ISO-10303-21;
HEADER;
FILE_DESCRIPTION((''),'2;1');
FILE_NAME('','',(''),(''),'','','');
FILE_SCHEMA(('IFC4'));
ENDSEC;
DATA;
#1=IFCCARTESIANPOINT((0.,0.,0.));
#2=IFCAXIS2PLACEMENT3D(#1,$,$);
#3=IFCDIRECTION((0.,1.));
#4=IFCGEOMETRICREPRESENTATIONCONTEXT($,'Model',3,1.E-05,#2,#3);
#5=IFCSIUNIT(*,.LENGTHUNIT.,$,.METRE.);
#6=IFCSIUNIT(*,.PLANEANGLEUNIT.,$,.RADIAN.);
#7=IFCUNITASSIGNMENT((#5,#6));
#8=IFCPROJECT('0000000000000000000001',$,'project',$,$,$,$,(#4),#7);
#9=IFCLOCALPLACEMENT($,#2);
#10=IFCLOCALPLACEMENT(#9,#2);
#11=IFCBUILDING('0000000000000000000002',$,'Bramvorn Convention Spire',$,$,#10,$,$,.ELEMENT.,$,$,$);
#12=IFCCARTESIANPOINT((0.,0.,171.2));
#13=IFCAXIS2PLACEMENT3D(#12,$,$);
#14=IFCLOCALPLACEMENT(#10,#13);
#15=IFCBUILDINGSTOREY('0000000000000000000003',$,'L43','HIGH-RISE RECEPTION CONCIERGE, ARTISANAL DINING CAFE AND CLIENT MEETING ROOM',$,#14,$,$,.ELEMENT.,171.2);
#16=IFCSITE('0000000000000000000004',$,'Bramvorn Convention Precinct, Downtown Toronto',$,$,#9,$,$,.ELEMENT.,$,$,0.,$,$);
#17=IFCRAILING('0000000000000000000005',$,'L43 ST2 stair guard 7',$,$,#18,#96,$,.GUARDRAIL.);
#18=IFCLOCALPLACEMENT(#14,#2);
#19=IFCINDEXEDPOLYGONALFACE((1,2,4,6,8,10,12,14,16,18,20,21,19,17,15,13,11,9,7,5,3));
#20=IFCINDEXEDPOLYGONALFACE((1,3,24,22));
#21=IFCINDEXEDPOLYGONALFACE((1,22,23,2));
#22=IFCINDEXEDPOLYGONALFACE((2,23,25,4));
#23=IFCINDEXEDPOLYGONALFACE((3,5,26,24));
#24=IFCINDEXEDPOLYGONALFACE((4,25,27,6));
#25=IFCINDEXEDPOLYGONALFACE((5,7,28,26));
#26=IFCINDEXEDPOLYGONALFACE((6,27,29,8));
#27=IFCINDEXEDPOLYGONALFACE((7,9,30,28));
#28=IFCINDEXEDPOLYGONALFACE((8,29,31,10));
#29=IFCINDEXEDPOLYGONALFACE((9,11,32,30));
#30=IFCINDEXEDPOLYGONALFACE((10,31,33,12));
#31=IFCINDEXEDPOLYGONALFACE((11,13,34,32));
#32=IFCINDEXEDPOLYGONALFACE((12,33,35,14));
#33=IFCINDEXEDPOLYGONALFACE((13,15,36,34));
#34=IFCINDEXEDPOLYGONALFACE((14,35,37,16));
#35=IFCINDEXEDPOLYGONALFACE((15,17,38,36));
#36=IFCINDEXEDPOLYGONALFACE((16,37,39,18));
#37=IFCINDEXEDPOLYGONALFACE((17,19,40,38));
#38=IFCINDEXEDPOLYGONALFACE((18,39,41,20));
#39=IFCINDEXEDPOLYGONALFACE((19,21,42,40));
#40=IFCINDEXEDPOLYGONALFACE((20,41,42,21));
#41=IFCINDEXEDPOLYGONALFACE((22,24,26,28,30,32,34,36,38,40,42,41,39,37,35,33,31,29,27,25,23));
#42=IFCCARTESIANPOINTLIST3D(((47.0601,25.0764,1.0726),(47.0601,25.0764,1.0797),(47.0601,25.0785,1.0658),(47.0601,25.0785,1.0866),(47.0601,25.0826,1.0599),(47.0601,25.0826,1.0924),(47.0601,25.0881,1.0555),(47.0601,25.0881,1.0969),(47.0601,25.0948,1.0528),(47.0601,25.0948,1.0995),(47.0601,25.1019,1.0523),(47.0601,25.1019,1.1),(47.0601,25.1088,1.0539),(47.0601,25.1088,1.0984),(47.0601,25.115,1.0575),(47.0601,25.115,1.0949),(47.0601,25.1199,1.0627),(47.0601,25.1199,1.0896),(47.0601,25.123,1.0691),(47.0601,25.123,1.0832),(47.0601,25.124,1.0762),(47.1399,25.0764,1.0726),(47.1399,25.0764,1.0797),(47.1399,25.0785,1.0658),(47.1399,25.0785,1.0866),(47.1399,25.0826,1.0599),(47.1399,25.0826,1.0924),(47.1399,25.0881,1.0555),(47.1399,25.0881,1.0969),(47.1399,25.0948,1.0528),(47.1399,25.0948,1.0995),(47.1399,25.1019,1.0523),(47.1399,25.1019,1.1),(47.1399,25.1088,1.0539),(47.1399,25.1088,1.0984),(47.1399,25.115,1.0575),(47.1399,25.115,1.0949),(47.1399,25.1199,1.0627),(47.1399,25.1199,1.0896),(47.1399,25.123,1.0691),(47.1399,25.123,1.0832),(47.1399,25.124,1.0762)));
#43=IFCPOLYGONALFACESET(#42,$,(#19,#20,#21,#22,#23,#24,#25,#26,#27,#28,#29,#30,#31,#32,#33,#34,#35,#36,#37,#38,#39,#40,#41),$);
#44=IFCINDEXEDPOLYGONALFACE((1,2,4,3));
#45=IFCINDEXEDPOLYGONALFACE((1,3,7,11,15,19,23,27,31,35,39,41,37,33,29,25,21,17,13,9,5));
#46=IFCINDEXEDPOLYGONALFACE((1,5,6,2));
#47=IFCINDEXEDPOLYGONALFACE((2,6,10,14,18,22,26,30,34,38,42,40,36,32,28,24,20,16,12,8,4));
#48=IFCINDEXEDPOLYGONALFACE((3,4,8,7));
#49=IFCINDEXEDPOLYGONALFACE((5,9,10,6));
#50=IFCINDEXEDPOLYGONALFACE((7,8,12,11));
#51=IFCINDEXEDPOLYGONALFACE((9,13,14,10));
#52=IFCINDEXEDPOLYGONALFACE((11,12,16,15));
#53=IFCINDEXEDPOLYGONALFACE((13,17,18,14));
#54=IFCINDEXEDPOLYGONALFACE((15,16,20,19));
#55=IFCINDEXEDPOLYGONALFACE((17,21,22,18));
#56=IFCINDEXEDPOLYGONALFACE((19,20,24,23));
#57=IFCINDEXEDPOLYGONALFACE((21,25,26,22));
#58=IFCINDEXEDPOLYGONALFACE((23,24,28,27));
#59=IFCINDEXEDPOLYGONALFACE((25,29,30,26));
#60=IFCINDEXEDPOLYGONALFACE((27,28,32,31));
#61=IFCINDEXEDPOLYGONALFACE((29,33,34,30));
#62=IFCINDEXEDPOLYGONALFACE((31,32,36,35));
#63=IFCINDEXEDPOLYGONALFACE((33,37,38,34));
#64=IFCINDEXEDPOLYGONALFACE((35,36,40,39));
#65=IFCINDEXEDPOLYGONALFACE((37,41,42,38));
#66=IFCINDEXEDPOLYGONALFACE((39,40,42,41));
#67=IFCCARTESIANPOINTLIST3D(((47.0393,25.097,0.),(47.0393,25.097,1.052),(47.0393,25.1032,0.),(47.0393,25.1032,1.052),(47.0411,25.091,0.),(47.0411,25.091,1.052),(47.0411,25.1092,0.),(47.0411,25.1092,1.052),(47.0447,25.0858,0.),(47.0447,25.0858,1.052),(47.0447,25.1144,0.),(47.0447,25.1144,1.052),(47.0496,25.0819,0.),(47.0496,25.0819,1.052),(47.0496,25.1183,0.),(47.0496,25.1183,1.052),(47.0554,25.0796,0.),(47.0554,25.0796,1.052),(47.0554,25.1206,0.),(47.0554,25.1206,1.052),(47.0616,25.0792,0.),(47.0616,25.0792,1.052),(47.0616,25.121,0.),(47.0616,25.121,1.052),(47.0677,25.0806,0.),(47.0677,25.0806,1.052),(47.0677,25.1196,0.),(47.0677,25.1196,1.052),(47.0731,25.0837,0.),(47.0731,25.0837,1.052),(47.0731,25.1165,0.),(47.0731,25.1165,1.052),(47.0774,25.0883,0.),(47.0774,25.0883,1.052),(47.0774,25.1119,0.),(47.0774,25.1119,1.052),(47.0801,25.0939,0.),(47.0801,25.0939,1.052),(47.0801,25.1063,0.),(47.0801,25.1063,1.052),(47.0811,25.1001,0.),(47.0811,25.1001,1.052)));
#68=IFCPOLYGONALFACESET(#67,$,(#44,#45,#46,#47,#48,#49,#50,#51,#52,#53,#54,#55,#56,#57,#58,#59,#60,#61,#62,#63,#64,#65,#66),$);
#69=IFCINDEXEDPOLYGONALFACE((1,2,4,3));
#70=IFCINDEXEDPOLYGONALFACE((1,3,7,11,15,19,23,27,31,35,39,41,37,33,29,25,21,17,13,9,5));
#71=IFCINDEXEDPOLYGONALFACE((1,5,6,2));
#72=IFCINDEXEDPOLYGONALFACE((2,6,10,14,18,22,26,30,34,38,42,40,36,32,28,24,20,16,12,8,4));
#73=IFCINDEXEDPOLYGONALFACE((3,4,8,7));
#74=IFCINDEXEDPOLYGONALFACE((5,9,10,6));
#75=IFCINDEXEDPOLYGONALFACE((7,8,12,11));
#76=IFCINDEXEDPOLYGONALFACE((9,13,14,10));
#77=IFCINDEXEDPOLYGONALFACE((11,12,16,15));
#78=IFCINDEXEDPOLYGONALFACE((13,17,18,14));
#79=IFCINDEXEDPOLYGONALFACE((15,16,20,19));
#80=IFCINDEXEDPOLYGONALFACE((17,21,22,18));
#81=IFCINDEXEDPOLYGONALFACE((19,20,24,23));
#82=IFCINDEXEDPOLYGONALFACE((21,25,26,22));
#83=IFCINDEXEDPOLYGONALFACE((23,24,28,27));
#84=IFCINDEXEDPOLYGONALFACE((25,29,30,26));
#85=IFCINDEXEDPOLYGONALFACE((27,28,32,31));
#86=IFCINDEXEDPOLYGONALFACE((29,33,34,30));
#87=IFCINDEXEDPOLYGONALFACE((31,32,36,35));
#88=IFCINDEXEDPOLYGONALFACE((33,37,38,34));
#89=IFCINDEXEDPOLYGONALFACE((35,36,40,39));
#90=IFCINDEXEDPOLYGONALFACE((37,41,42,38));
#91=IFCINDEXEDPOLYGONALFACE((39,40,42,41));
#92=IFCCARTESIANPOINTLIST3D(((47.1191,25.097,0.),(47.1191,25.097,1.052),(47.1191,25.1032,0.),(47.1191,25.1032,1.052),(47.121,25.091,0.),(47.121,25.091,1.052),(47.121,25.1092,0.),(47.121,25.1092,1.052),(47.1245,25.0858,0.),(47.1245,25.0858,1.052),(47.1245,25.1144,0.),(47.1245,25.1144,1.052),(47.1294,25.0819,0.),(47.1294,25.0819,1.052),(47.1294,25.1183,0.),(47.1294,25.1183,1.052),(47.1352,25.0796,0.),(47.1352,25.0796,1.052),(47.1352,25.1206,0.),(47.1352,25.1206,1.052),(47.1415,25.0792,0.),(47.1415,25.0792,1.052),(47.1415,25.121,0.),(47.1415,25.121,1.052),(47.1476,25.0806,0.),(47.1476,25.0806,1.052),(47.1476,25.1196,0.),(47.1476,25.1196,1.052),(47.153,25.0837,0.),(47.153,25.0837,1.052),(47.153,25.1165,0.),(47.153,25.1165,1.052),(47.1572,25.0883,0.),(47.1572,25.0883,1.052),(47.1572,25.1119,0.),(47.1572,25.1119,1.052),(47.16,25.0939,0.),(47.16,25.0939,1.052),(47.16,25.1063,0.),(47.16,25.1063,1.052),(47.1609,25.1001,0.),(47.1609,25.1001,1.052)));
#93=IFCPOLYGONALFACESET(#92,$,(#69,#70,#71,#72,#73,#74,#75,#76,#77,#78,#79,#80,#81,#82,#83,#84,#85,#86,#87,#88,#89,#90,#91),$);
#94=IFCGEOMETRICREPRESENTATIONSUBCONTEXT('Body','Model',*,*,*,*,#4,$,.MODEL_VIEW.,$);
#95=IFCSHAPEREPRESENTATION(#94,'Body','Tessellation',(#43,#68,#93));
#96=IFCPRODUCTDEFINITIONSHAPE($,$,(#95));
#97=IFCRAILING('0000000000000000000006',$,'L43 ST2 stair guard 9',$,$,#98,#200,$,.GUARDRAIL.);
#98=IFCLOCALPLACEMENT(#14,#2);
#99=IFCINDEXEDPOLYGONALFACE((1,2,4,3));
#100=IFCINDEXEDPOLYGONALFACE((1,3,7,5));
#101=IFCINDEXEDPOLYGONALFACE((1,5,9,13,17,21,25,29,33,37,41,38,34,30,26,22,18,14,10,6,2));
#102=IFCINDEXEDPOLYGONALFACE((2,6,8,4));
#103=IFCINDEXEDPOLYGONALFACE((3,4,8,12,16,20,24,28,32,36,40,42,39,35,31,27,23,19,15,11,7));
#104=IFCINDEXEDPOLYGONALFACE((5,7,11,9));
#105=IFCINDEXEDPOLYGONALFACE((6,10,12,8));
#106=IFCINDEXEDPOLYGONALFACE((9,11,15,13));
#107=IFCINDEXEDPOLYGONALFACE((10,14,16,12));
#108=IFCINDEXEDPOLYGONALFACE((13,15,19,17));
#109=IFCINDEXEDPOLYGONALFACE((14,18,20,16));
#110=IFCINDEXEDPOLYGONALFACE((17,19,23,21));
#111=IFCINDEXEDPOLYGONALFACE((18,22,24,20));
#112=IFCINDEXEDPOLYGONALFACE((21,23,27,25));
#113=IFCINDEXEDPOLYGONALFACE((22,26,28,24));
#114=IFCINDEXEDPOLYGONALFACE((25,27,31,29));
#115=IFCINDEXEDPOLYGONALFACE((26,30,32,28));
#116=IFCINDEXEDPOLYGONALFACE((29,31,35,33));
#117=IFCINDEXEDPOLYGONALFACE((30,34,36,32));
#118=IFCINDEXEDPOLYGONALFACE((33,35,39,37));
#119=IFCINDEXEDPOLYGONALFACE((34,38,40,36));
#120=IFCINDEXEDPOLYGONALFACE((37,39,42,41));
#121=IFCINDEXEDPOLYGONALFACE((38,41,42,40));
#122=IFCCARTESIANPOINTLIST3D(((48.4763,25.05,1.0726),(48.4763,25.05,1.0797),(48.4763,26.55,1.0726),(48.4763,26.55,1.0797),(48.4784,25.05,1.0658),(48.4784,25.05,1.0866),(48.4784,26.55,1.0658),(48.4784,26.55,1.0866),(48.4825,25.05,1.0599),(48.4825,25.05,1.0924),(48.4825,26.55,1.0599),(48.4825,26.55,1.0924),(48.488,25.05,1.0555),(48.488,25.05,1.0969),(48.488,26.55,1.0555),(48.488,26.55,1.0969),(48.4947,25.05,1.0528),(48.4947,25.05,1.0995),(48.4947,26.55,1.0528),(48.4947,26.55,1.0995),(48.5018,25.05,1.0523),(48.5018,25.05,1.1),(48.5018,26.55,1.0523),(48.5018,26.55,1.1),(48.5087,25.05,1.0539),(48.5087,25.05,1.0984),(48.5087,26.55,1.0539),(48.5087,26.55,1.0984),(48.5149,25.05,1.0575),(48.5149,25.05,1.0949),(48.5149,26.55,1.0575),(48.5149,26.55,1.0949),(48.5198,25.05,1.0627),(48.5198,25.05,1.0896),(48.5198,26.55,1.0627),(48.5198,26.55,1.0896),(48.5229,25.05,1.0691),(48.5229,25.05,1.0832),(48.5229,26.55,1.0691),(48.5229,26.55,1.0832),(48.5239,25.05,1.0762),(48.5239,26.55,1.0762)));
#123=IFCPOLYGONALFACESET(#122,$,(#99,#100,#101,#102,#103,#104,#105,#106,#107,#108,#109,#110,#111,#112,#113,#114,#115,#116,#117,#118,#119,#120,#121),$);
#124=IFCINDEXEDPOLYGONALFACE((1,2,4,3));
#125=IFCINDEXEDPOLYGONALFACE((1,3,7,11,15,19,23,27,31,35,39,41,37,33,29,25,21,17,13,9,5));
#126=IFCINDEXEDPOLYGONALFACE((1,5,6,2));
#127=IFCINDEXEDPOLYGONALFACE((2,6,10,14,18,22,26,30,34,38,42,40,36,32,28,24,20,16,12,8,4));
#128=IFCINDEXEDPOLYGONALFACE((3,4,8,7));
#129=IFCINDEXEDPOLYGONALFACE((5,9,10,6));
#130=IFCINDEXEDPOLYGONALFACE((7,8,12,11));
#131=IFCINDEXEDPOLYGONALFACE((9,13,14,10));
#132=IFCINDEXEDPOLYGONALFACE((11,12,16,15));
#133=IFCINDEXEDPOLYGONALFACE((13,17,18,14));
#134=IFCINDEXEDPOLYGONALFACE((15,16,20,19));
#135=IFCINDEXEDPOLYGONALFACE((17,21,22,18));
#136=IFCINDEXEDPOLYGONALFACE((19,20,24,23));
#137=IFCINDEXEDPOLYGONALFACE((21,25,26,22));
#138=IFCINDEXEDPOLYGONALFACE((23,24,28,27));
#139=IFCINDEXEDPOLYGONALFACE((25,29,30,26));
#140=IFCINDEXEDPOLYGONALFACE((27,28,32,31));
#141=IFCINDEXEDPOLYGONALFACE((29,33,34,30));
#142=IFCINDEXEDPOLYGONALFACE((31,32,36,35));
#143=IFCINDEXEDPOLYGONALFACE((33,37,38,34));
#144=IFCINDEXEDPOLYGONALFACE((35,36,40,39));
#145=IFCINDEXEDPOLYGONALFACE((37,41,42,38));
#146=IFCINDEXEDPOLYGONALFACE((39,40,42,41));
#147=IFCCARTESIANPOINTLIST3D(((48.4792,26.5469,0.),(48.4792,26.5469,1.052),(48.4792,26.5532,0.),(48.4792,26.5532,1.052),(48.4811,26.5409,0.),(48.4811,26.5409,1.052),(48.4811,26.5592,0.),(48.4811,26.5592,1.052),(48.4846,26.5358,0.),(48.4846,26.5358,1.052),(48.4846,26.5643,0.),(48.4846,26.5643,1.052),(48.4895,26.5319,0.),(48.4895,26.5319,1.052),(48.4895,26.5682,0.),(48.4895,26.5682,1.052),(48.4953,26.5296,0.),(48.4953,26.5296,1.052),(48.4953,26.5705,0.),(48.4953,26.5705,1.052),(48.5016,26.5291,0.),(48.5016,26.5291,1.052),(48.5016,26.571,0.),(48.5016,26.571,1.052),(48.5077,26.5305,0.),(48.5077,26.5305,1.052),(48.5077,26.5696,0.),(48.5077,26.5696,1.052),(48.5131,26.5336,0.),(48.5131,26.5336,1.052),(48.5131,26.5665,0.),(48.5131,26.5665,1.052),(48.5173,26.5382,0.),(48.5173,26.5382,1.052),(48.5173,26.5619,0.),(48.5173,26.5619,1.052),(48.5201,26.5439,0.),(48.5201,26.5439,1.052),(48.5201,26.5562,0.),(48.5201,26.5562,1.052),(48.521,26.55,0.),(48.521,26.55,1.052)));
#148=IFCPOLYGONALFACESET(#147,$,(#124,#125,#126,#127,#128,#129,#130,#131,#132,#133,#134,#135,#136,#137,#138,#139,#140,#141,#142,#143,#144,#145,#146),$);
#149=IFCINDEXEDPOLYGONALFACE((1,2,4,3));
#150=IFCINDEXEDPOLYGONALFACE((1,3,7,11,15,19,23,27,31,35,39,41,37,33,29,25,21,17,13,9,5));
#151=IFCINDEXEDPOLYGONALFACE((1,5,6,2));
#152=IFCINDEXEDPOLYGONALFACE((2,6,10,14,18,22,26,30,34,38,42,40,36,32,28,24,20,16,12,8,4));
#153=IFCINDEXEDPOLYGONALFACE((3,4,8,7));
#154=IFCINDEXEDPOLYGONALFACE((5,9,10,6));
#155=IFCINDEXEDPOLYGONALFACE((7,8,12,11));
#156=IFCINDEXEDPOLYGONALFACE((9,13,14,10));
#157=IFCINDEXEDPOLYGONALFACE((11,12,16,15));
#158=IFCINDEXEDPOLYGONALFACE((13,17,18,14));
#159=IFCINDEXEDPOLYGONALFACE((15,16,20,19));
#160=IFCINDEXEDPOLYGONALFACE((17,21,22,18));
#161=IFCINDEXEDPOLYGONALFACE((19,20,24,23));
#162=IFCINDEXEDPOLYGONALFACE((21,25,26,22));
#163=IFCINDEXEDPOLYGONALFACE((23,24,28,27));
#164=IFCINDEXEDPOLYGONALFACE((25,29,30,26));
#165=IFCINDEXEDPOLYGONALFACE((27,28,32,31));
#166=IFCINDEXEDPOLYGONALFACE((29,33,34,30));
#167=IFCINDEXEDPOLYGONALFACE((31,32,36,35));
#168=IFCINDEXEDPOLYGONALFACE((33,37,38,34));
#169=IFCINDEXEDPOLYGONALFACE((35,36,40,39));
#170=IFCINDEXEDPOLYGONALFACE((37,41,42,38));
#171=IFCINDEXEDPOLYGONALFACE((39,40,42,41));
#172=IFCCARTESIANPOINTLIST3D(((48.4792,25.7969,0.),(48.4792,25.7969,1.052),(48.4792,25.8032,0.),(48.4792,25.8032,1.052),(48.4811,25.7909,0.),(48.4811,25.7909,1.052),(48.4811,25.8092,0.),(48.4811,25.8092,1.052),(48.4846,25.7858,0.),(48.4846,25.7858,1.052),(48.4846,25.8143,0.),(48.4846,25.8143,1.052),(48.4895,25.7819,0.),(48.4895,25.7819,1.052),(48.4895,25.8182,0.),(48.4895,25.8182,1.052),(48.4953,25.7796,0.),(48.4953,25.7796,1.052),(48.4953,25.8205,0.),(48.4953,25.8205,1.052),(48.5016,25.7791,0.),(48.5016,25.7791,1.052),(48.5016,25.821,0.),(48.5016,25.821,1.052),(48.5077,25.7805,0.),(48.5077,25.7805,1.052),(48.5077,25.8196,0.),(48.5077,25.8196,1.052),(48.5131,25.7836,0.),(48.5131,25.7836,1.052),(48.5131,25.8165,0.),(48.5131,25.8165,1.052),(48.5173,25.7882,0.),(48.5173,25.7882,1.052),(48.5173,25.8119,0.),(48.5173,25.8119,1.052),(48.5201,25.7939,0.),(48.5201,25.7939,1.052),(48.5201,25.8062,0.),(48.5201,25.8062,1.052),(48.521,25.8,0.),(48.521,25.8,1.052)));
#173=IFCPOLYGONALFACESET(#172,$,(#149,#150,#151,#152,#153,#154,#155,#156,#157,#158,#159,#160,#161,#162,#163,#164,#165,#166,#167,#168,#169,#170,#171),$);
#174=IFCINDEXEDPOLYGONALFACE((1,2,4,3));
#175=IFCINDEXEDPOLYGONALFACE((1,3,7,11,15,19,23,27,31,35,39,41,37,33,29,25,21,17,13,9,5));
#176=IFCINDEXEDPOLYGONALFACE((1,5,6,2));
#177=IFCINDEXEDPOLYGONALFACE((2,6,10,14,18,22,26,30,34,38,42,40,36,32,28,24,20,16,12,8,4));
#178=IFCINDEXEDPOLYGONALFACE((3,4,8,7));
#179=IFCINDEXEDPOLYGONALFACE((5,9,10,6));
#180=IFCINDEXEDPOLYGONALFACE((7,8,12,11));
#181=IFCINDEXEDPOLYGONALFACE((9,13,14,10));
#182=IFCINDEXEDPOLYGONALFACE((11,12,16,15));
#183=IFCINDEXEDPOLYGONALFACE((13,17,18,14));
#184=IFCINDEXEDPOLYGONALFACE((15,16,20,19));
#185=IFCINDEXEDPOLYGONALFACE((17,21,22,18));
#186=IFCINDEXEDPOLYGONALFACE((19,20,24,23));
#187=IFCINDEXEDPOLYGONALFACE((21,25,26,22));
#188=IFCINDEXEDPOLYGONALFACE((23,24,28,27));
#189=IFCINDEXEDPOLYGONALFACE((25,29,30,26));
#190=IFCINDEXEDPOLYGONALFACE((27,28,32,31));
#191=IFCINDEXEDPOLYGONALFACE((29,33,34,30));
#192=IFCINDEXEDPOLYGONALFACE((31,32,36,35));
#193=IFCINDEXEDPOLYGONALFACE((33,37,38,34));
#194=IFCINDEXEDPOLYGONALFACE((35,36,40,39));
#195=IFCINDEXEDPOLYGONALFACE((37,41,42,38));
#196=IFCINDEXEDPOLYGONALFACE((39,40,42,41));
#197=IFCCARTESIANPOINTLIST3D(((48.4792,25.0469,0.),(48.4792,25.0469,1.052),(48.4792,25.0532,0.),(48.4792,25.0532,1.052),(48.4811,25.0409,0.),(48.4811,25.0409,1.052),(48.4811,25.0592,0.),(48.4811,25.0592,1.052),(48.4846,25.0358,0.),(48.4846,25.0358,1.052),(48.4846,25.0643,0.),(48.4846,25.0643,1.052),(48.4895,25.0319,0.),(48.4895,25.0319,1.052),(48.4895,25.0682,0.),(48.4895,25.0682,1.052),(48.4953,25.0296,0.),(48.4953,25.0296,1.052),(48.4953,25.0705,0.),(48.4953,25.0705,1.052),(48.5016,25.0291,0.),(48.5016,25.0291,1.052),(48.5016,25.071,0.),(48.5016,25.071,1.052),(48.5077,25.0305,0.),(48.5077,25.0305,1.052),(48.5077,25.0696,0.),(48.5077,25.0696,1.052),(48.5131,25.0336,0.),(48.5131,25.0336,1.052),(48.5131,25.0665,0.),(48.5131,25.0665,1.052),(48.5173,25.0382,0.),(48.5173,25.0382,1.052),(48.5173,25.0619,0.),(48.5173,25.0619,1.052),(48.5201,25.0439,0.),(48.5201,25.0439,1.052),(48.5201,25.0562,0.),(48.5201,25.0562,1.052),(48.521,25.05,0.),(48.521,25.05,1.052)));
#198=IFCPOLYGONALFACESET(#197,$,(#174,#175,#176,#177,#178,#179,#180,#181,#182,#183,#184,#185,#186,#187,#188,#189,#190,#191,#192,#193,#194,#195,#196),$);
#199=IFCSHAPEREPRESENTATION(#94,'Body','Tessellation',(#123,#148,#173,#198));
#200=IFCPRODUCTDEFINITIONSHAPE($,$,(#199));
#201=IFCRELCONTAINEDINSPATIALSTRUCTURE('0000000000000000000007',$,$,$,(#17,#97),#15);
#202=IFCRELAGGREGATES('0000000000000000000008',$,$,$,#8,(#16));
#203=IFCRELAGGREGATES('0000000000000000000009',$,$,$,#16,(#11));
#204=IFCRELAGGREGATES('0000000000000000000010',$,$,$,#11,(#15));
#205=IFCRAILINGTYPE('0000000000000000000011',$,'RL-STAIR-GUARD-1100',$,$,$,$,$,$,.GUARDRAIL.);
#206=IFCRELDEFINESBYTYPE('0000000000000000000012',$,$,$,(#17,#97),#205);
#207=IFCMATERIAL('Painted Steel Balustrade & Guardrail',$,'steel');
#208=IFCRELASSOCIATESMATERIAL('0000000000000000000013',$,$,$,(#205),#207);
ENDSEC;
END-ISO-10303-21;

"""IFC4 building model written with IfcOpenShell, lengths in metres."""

from ifc_helpers import new_model, si_unit, direction, frame, origin, origin_2d, place, context, subcontext, project, spatial, circle, extrude, material, type_object, element, save


model = new_model("IFC4")

# Units and contexts
model_context = context("Model", 3, precision=1e-05, world=origin(), true_north=direction((0.0, 1.0)))
body_context = subcontext(model_context, "Body", "Model", "MODEL_VIEW")
ifc_project = project(units=[si_unit("LENGTHUNIT", "METRE"), si_unit("PLANEANGLEUNIT", "RADIAN")], contexts=[model_context])

# Site, building, storey
site_placement = place(None, origin())
site = spatial("IfcSite", under=ifc_project, at=site_placement, Name="Bramvorn Convention Precinct, Downtown Toronto", CompositionType="ELEMENT", RefElevation=0.0)
building_placement = place(site_placement, origin())
building = spatial("IfcBuilding", under=site, at=building_placement, Name="Bramvorn Convention Spire", CompositionType="ELEMENT")
storey_placement = place(building_placement, frame((0.0, 0.0, 171.2)))
storey = spatial("IfcBuildingStorey", under=building, at=storey_placement, Name="L43", Description="HIGH-RISE RECEPTION CONCIERGE, ARTISANAL DINING CAFE AND CLIENT MEETING ROOM", CompositionType="ELEMENT", Elevation=171.2)

# Railings
ifc_material_1 = material(Name="Painted Steel Balustrade & Guardrail", Category="steel")
railing_type_1 = type_object("IfcRailingType", Name="RL-STAIR-GUARD-1100", PredefinedType="GUARDRAIL", material=ifc_material_1)
railing_1_placement = place(storey_placement, frame((47.0601, 25.1001, 0.0)))
element("IfcRailing", 1, at=railing_1_placement, inside=storey, type_object=railing_type_1, Name="L43 ST2 stair guard 7", PredefinedType="GUARDRAIL", context=body_context, shape_type="SweptSolid", body=[
    extrude(circle(Radius=0.0239, at=origin_2d()), frame((0.0, 0.0, 1.0762), z_axis=(1.0, 0.0, 0.0), x_axis=(0.0, 1.0, 0.0)), (0.0, 0.0, 1.0), 0.0798),
    extrude(circle(Radius=0.021, at=origin_2d()), origin(), (0.0, 0.0, 1.0), 1.052),
    extrude(circle(Radius=0.021, at=origin_2d()), frame((0.0798, 0.0, 0.0)), (0.0, 0.0, 1.0), 1.052),
])
railing_2_placement = place(storey_placement, frame((48.5, 26.55, 0.0)))
element("IfcRailing", 2, at=railing_2_placement, inside=storey, type_object=railing_type_1, Name="L43 ST2 stair guard 9", PredefinedType="GUARDRAIL", context=body_context, shape_type="SweptSolid", body=[
    extrude(circle(Radius=0.0239, at=origin_2d()), frame((0.0, 0.0, 1.0762), z_axis=(0.0, -1.0, 0.0), x_axis=(1.0, 0.0, 0.0)), (0.0, 0.0, 1.0), 1.5),
    extrude(circle(Radius=0.021, at=origin_2d()), origin(), (0.0, 0.0, 1.0), 1.052),
    extrude(circle(Radius=0.021, at=origin_2d()), frame((0.0, -0.75, 0.0)), (0.0, 0.0, 1.0), 1.052),
    extrude(circle(Radius=0.021, at=origin_2d()), frame((0.0, -1.5, 0.0)), (0.0, 0.0, 1.0), 1.052),
])

save(model, "model.ifc")
